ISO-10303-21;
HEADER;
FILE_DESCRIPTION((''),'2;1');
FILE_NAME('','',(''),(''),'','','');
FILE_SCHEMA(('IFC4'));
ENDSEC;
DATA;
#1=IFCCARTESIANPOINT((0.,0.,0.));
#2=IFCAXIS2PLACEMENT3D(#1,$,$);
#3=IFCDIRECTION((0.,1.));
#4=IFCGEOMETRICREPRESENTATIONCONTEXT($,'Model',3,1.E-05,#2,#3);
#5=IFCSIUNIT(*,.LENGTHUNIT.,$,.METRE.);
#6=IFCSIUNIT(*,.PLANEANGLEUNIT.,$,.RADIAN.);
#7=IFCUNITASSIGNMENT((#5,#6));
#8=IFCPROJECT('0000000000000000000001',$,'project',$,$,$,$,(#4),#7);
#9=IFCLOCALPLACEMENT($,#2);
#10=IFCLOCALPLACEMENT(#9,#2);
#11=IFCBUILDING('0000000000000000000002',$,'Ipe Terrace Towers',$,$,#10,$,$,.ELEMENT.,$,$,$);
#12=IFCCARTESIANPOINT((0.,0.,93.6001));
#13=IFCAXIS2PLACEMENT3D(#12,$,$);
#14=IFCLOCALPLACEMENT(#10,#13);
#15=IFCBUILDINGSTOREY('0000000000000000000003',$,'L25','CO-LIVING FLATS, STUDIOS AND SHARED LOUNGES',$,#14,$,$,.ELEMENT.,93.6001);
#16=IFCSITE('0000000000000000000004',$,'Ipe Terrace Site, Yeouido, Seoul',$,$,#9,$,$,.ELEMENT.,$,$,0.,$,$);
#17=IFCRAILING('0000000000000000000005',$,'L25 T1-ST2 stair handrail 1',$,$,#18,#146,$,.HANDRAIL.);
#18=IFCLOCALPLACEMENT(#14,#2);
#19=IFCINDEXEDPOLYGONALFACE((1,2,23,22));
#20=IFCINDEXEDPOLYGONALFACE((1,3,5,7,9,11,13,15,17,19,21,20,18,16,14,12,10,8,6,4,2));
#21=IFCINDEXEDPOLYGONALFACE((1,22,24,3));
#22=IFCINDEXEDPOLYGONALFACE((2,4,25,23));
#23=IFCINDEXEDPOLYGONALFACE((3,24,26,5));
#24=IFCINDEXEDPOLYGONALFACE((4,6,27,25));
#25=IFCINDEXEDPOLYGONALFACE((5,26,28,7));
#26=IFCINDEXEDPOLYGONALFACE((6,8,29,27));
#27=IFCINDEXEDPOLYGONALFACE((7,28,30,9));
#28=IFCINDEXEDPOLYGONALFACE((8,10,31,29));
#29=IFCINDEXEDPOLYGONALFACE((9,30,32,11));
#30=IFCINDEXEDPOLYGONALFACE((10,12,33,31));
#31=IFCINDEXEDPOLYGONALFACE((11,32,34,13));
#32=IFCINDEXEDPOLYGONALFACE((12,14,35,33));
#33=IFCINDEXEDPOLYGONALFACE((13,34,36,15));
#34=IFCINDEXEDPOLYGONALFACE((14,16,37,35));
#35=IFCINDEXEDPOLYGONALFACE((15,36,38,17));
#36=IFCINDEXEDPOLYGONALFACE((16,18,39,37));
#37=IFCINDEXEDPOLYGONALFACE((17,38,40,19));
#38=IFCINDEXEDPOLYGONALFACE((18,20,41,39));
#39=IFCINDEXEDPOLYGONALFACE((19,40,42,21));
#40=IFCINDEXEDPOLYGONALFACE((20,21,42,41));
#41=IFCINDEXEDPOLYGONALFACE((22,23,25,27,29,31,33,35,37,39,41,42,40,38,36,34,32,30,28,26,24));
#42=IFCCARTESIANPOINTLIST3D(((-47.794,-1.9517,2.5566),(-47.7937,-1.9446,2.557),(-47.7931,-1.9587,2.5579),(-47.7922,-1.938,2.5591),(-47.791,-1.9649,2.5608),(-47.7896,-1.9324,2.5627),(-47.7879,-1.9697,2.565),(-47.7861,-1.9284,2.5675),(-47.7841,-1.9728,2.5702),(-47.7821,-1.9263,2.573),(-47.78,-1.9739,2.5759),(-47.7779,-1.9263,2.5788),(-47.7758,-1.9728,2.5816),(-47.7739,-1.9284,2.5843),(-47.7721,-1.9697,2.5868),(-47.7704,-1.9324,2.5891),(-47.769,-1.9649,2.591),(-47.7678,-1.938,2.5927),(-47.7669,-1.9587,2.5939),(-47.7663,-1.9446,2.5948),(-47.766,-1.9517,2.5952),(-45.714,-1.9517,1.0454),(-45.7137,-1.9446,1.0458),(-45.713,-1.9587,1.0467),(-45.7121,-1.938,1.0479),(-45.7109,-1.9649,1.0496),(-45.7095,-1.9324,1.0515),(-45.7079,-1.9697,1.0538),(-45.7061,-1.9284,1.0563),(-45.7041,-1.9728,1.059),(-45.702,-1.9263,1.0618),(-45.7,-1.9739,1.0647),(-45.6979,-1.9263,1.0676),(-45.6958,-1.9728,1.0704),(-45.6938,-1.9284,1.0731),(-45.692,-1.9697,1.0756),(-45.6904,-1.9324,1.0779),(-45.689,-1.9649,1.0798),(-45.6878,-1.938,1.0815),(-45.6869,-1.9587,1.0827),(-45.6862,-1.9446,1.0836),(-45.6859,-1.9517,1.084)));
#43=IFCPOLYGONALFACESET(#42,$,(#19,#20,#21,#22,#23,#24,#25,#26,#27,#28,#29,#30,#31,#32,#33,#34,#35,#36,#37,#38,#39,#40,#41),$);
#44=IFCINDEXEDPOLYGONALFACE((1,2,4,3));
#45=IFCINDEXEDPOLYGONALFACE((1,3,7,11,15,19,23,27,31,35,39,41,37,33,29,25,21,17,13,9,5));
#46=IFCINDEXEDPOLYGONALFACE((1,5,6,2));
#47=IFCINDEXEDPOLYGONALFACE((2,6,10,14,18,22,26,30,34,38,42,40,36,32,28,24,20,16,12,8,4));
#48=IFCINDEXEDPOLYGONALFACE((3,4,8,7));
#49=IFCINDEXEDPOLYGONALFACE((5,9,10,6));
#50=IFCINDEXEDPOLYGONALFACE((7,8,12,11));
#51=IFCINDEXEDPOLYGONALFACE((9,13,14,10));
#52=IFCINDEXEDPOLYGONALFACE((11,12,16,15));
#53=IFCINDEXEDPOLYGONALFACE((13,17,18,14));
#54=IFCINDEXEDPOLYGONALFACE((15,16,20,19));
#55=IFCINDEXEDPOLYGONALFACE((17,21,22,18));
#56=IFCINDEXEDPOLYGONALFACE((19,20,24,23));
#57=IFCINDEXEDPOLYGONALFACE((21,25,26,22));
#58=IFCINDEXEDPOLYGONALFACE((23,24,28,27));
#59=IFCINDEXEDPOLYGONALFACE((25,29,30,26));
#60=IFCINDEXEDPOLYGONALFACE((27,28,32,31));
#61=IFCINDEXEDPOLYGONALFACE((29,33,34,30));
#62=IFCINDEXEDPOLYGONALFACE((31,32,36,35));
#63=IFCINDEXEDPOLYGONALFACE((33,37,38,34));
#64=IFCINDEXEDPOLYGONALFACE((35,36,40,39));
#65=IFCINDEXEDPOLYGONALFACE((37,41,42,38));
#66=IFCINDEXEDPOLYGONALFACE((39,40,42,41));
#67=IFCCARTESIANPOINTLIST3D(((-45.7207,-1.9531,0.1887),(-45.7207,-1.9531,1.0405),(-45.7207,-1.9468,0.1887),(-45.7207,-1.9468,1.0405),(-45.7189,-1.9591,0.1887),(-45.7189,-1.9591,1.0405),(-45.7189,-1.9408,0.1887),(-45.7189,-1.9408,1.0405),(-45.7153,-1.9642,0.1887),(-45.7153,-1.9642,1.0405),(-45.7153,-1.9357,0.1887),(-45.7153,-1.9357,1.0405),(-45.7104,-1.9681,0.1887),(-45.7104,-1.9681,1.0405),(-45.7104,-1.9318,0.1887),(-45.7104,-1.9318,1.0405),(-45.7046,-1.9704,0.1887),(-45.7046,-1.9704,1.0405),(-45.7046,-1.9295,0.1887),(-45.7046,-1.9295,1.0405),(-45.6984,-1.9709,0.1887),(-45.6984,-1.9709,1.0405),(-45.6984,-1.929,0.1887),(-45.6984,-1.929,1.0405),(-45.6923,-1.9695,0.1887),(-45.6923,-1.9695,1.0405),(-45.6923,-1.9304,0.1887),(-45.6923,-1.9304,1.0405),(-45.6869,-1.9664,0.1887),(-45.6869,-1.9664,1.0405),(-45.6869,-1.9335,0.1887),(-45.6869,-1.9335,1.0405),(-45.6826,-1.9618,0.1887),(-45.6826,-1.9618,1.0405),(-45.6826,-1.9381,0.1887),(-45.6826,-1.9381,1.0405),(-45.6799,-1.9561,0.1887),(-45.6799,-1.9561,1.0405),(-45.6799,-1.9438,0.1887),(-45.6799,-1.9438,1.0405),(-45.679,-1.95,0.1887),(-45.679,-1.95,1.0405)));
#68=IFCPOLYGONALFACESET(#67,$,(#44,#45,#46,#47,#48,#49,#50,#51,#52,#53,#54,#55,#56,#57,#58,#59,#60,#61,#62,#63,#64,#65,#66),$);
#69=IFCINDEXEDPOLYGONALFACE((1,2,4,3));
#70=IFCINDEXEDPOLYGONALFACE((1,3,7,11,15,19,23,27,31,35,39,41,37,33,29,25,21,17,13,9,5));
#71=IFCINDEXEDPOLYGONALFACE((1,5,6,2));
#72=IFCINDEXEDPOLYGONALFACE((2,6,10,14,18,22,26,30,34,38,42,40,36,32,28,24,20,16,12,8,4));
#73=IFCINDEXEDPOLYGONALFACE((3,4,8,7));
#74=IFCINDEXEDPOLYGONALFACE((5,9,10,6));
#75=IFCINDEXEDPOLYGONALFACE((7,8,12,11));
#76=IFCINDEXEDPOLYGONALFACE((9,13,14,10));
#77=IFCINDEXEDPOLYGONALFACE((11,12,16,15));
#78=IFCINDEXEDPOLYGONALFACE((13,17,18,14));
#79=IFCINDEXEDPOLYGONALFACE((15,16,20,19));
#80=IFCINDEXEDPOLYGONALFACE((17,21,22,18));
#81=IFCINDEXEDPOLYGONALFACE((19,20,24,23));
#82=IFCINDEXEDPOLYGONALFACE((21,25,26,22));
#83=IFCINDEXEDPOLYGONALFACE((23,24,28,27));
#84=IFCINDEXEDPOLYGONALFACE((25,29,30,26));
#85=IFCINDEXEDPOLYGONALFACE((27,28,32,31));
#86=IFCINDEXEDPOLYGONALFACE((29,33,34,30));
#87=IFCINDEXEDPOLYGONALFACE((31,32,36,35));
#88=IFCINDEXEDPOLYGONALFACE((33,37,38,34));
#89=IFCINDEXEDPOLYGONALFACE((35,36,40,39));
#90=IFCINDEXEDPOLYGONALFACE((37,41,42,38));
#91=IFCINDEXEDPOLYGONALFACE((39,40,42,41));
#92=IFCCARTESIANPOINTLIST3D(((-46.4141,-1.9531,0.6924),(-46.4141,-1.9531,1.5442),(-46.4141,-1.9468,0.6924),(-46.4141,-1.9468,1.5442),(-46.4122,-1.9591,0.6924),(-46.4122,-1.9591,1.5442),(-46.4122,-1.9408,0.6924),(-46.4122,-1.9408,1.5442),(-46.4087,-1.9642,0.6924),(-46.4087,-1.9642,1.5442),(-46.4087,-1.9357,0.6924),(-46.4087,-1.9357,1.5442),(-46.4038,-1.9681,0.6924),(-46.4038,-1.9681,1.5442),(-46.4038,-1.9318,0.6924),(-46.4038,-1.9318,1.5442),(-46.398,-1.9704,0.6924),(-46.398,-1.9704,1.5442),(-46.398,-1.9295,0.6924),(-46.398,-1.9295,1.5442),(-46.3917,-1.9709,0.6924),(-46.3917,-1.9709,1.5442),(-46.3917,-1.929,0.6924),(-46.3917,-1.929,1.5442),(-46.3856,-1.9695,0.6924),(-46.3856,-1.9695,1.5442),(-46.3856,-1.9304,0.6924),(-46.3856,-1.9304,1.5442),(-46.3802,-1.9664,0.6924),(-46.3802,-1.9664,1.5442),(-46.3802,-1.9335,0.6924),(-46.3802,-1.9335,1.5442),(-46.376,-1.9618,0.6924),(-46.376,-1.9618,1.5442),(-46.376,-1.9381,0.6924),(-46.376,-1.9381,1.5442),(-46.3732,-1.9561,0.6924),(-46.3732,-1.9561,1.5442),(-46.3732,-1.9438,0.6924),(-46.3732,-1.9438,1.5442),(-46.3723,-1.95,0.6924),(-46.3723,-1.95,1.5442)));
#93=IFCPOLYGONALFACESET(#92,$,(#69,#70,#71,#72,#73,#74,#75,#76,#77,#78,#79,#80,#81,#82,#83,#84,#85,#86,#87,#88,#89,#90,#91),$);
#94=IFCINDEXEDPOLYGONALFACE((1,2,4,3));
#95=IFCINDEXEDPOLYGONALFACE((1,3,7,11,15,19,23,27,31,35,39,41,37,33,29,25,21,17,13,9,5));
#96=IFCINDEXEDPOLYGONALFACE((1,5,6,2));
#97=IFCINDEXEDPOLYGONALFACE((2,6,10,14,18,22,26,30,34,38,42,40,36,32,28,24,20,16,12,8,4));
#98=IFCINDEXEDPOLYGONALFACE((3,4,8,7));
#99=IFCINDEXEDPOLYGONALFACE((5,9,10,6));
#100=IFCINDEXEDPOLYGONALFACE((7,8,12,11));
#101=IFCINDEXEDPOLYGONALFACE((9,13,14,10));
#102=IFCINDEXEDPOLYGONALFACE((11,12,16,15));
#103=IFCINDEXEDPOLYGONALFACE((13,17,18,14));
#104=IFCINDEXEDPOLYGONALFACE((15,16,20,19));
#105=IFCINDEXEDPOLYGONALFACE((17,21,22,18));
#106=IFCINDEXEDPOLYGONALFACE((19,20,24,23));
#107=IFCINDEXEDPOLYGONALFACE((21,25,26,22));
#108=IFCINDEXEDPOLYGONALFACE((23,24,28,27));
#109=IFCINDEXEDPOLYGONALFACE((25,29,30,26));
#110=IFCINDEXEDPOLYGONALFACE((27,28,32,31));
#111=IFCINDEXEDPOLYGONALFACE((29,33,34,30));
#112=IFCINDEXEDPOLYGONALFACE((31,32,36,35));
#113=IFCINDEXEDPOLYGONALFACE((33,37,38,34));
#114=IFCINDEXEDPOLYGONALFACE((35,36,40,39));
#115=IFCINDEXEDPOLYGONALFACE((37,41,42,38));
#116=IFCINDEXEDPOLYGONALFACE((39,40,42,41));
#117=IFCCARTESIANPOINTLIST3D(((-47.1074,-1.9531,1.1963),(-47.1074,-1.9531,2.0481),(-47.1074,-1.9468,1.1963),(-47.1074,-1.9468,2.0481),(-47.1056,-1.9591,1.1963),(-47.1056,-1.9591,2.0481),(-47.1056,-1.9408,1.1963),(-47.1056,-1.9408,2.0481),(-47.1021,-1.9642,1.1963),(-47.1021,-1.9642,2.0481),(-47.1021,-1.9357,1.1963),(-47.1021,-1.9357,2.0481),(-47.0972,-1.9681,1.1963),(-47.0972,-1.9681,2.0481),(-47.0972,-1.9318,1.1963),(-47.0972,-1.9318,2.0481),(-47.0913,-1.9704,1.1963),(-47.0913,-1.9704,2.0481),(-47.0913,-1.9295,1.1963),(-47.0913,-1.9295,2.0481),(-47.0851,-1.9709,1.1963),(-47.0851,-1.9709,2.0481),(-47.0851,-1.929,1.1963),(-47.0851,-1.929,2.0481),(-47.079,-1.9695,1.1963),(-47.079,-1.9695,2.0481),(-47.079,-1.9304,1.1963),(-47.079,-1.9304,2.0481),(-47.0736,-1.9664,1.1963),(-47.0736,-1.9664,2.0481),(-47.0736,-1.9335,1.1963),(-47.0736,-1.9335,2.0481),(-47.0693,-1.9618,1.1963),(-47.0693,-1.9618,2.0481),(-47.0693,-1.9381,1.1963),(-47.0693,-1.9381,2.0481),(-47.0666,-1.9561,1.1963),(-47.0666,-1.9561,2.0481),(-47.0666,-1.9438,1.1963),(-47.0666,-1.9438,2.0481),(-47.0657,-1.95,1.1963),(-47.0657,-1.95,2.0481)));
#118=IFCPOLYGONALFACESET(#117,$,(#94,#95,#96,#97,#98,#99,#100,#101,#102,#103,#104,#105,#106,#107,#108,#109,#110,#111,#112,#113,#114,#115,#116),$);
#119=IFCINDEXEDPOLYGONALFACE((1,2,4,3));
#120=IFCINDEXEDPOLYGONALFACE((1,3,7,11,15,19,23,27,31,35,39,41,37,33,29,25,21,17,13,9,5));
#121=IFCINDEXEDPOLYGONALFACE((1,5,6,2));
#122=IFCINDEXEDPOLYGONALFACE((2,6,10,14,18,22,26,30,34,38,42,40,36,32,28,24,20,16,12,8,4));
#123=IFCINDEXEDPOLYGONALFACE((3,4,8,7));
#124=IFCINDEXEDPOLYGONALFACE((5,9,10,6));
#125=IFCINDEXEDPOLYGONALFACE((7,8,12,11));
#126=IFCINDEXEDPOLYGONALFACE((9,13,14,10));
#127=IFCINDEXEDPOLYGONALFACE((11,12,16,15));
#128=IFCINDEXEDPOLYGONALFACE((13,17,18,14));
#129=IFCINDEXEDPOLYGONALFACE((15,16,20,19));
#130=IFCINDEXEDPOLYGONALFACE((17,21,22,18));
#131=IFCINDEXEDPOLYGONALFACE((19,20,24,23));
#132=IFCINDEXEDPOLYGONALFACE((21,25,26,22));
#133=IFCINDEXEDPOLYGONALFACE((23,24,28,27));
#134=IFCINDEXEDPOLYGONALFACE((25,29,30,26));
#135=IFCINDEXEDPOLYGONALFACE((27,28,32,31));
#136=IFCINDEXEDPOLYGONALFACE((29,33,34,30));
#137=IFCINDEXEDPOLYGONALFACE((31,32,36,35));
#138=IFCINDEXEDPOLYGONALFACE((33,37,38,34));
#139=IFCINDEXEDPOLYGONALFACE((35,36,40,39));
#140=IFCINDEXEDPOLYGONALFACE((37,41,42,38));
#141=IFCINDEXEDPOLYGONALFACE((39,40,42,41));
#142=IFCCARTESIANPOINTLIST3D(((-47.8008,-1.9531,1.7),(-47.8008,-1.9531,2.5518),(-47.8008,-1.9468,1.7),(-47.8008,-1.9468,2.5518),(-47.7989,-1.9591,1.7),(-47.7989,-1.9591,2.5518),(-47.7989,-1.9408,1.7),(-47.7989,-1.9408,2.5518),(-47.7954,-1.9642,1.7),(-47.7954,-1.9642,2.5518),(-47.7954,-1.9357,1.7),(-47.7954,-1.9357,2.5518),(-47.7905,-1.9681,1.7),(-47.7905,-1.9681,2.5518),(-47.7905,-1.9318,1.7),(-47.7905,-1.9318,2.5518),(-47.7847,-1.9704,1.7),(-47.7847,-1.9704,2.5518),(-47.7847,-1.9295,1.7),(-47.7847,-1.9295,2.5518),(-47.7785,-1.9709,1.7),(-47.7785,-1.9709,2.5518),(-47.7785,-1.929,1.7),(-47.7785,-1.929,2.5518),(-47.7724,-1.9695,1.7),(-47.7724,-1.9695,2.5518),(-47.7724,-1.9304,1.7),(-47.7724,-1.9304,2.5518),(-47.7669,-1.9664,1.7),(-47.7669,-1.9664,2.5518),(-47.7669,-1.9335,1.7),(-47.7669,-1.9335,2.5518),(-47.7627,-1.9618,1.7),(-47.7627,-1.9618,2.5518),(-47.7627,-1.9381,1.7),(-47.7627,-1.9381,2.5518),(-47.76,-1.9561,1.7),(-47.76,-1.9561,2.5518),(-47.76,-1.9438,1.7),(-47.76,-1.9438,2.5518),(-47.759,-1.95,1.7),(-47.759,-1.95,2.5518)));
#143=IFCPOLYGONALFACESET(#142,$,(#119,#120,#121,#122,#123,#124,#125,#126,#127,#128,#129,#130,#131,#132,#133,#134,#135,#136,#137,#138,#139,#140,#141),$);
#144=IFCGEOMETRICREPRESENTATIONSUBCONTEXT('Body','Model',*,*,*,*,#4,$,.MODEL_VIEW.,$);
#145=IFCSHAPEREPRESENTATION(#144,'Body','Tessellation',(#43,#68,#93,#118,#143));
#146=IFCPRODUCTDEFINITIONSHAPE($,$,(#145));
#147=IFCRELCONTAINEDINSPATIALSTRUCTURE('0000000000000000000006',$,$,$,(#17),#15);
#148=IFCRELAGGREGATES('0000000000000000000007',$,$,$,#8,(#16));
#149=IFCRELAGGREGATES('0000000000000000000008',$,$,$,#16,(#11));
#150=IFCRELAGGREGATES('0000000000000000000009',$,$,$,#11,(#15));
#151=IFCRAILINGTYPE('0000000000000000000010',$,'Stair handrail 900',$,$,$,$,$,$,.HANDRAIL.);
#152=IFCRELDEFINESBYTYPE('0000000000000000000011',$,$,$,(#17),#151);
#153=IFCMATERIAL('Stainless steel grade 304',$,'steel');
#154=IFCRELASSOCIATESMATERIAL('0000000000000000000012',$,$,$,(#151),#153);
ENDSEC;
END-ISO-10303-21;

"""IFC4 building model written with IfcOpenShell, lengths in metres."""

from ifc_helpers import new_model, si_unit, direction, frame, origin, origin_2d, place, context, subcontext, project, spatial, circle, extrude, material, type_object, element, save


model = new_model("IFC4")

# Units and contexts
model_context = context("Model", 3, precision=1e-05, world=origin(), true_north=direction((0.0, 1.0)))
body_context = subcontext(model_context, "Body", "Model", "MODEL_VIEW")
ifc_project = project(units=[si_unit("LENGTHUNIT", "METRE"), si_unit("PLANEANGLEUNIT", "RADIAN")], contexts=[model_context])

# Site, building, storey
site_placement = place(None, origin())
site = spatial("IfcSite", under=ifc_project, at=site_placement, Name="Ipe Terrace Site, Yeouido, Seoul", CompositionType="ELEMENT", RefElevation=0.0)
building_placement = place(site_placement, origin())
building = spatial("IfcBuilding", under=site, at=building_placement, Name="Ipe Terrace Towers", CompositionType="ELEMENT")
storey_placement = place(building_placement, frame((0.0, 0.0, 93.6001)))
storey = spatial("IfcBuildingStorey", under=building, at=storey_placement, Name="L25", Description="CO-LIVING FLATS, STUDIOS AND SHARED LOUNGES", CompositionType="ELEMENT", Elevation=93.6001)

# Railing
ifc_material_1 = material(Name="Stainless steel grade 304", Category="steel")
railing_type_1 = type_object("IfcRailingType", Name="Stair handrail 900", PredefinedType="HANDRAIL", material=ifc_material_1)
railing_1_placement = place(storey_placement, frame((-45.7, -1.95, 0.1887)))
element("IfcRailing", 1, at=railing_1_placement, inside=storey, type_object=railing_type_1, Name="L25 T1-ST2 stair handrail 1", PredefinedType="HANDRAIL", context=body_context, shape_type="SweptSolid", body=[
    extrude(circle(Radius=0.0239, at=origin_2d()), frame((0.0, 0.0, 0.876), z_axis=(-0.809023, 0.0, 0.587776), x_axis=(0.0, -1.0, 0.0)), (0.0, 0.0, 1.0), 2.571),
    extrude(circle(Radius=0.021, at=origin_2d()), origin(), (0.0, 0.0, 1.0), 0.8518),
    extrude(circle(Radius=0.021, at=origin_2d()), frame((-0.6934, 0.0, 0.5037)), (0.0, 0.0, 1.0), 0.8518),
    extrude(circle(Radius=0.021, at=origin_2d()), frame((-1.3867, 0.0, 1.0076)), (0.0, 0.0, 1.0), 0.8518),
    extrude(circle(Radius=0.021, at=origin_2d()), frame((-2.0801, 0.0, 1.5112)), (0.0, 0.0, 1.0), 0.8518),
])

save(model, "model.ifc")
